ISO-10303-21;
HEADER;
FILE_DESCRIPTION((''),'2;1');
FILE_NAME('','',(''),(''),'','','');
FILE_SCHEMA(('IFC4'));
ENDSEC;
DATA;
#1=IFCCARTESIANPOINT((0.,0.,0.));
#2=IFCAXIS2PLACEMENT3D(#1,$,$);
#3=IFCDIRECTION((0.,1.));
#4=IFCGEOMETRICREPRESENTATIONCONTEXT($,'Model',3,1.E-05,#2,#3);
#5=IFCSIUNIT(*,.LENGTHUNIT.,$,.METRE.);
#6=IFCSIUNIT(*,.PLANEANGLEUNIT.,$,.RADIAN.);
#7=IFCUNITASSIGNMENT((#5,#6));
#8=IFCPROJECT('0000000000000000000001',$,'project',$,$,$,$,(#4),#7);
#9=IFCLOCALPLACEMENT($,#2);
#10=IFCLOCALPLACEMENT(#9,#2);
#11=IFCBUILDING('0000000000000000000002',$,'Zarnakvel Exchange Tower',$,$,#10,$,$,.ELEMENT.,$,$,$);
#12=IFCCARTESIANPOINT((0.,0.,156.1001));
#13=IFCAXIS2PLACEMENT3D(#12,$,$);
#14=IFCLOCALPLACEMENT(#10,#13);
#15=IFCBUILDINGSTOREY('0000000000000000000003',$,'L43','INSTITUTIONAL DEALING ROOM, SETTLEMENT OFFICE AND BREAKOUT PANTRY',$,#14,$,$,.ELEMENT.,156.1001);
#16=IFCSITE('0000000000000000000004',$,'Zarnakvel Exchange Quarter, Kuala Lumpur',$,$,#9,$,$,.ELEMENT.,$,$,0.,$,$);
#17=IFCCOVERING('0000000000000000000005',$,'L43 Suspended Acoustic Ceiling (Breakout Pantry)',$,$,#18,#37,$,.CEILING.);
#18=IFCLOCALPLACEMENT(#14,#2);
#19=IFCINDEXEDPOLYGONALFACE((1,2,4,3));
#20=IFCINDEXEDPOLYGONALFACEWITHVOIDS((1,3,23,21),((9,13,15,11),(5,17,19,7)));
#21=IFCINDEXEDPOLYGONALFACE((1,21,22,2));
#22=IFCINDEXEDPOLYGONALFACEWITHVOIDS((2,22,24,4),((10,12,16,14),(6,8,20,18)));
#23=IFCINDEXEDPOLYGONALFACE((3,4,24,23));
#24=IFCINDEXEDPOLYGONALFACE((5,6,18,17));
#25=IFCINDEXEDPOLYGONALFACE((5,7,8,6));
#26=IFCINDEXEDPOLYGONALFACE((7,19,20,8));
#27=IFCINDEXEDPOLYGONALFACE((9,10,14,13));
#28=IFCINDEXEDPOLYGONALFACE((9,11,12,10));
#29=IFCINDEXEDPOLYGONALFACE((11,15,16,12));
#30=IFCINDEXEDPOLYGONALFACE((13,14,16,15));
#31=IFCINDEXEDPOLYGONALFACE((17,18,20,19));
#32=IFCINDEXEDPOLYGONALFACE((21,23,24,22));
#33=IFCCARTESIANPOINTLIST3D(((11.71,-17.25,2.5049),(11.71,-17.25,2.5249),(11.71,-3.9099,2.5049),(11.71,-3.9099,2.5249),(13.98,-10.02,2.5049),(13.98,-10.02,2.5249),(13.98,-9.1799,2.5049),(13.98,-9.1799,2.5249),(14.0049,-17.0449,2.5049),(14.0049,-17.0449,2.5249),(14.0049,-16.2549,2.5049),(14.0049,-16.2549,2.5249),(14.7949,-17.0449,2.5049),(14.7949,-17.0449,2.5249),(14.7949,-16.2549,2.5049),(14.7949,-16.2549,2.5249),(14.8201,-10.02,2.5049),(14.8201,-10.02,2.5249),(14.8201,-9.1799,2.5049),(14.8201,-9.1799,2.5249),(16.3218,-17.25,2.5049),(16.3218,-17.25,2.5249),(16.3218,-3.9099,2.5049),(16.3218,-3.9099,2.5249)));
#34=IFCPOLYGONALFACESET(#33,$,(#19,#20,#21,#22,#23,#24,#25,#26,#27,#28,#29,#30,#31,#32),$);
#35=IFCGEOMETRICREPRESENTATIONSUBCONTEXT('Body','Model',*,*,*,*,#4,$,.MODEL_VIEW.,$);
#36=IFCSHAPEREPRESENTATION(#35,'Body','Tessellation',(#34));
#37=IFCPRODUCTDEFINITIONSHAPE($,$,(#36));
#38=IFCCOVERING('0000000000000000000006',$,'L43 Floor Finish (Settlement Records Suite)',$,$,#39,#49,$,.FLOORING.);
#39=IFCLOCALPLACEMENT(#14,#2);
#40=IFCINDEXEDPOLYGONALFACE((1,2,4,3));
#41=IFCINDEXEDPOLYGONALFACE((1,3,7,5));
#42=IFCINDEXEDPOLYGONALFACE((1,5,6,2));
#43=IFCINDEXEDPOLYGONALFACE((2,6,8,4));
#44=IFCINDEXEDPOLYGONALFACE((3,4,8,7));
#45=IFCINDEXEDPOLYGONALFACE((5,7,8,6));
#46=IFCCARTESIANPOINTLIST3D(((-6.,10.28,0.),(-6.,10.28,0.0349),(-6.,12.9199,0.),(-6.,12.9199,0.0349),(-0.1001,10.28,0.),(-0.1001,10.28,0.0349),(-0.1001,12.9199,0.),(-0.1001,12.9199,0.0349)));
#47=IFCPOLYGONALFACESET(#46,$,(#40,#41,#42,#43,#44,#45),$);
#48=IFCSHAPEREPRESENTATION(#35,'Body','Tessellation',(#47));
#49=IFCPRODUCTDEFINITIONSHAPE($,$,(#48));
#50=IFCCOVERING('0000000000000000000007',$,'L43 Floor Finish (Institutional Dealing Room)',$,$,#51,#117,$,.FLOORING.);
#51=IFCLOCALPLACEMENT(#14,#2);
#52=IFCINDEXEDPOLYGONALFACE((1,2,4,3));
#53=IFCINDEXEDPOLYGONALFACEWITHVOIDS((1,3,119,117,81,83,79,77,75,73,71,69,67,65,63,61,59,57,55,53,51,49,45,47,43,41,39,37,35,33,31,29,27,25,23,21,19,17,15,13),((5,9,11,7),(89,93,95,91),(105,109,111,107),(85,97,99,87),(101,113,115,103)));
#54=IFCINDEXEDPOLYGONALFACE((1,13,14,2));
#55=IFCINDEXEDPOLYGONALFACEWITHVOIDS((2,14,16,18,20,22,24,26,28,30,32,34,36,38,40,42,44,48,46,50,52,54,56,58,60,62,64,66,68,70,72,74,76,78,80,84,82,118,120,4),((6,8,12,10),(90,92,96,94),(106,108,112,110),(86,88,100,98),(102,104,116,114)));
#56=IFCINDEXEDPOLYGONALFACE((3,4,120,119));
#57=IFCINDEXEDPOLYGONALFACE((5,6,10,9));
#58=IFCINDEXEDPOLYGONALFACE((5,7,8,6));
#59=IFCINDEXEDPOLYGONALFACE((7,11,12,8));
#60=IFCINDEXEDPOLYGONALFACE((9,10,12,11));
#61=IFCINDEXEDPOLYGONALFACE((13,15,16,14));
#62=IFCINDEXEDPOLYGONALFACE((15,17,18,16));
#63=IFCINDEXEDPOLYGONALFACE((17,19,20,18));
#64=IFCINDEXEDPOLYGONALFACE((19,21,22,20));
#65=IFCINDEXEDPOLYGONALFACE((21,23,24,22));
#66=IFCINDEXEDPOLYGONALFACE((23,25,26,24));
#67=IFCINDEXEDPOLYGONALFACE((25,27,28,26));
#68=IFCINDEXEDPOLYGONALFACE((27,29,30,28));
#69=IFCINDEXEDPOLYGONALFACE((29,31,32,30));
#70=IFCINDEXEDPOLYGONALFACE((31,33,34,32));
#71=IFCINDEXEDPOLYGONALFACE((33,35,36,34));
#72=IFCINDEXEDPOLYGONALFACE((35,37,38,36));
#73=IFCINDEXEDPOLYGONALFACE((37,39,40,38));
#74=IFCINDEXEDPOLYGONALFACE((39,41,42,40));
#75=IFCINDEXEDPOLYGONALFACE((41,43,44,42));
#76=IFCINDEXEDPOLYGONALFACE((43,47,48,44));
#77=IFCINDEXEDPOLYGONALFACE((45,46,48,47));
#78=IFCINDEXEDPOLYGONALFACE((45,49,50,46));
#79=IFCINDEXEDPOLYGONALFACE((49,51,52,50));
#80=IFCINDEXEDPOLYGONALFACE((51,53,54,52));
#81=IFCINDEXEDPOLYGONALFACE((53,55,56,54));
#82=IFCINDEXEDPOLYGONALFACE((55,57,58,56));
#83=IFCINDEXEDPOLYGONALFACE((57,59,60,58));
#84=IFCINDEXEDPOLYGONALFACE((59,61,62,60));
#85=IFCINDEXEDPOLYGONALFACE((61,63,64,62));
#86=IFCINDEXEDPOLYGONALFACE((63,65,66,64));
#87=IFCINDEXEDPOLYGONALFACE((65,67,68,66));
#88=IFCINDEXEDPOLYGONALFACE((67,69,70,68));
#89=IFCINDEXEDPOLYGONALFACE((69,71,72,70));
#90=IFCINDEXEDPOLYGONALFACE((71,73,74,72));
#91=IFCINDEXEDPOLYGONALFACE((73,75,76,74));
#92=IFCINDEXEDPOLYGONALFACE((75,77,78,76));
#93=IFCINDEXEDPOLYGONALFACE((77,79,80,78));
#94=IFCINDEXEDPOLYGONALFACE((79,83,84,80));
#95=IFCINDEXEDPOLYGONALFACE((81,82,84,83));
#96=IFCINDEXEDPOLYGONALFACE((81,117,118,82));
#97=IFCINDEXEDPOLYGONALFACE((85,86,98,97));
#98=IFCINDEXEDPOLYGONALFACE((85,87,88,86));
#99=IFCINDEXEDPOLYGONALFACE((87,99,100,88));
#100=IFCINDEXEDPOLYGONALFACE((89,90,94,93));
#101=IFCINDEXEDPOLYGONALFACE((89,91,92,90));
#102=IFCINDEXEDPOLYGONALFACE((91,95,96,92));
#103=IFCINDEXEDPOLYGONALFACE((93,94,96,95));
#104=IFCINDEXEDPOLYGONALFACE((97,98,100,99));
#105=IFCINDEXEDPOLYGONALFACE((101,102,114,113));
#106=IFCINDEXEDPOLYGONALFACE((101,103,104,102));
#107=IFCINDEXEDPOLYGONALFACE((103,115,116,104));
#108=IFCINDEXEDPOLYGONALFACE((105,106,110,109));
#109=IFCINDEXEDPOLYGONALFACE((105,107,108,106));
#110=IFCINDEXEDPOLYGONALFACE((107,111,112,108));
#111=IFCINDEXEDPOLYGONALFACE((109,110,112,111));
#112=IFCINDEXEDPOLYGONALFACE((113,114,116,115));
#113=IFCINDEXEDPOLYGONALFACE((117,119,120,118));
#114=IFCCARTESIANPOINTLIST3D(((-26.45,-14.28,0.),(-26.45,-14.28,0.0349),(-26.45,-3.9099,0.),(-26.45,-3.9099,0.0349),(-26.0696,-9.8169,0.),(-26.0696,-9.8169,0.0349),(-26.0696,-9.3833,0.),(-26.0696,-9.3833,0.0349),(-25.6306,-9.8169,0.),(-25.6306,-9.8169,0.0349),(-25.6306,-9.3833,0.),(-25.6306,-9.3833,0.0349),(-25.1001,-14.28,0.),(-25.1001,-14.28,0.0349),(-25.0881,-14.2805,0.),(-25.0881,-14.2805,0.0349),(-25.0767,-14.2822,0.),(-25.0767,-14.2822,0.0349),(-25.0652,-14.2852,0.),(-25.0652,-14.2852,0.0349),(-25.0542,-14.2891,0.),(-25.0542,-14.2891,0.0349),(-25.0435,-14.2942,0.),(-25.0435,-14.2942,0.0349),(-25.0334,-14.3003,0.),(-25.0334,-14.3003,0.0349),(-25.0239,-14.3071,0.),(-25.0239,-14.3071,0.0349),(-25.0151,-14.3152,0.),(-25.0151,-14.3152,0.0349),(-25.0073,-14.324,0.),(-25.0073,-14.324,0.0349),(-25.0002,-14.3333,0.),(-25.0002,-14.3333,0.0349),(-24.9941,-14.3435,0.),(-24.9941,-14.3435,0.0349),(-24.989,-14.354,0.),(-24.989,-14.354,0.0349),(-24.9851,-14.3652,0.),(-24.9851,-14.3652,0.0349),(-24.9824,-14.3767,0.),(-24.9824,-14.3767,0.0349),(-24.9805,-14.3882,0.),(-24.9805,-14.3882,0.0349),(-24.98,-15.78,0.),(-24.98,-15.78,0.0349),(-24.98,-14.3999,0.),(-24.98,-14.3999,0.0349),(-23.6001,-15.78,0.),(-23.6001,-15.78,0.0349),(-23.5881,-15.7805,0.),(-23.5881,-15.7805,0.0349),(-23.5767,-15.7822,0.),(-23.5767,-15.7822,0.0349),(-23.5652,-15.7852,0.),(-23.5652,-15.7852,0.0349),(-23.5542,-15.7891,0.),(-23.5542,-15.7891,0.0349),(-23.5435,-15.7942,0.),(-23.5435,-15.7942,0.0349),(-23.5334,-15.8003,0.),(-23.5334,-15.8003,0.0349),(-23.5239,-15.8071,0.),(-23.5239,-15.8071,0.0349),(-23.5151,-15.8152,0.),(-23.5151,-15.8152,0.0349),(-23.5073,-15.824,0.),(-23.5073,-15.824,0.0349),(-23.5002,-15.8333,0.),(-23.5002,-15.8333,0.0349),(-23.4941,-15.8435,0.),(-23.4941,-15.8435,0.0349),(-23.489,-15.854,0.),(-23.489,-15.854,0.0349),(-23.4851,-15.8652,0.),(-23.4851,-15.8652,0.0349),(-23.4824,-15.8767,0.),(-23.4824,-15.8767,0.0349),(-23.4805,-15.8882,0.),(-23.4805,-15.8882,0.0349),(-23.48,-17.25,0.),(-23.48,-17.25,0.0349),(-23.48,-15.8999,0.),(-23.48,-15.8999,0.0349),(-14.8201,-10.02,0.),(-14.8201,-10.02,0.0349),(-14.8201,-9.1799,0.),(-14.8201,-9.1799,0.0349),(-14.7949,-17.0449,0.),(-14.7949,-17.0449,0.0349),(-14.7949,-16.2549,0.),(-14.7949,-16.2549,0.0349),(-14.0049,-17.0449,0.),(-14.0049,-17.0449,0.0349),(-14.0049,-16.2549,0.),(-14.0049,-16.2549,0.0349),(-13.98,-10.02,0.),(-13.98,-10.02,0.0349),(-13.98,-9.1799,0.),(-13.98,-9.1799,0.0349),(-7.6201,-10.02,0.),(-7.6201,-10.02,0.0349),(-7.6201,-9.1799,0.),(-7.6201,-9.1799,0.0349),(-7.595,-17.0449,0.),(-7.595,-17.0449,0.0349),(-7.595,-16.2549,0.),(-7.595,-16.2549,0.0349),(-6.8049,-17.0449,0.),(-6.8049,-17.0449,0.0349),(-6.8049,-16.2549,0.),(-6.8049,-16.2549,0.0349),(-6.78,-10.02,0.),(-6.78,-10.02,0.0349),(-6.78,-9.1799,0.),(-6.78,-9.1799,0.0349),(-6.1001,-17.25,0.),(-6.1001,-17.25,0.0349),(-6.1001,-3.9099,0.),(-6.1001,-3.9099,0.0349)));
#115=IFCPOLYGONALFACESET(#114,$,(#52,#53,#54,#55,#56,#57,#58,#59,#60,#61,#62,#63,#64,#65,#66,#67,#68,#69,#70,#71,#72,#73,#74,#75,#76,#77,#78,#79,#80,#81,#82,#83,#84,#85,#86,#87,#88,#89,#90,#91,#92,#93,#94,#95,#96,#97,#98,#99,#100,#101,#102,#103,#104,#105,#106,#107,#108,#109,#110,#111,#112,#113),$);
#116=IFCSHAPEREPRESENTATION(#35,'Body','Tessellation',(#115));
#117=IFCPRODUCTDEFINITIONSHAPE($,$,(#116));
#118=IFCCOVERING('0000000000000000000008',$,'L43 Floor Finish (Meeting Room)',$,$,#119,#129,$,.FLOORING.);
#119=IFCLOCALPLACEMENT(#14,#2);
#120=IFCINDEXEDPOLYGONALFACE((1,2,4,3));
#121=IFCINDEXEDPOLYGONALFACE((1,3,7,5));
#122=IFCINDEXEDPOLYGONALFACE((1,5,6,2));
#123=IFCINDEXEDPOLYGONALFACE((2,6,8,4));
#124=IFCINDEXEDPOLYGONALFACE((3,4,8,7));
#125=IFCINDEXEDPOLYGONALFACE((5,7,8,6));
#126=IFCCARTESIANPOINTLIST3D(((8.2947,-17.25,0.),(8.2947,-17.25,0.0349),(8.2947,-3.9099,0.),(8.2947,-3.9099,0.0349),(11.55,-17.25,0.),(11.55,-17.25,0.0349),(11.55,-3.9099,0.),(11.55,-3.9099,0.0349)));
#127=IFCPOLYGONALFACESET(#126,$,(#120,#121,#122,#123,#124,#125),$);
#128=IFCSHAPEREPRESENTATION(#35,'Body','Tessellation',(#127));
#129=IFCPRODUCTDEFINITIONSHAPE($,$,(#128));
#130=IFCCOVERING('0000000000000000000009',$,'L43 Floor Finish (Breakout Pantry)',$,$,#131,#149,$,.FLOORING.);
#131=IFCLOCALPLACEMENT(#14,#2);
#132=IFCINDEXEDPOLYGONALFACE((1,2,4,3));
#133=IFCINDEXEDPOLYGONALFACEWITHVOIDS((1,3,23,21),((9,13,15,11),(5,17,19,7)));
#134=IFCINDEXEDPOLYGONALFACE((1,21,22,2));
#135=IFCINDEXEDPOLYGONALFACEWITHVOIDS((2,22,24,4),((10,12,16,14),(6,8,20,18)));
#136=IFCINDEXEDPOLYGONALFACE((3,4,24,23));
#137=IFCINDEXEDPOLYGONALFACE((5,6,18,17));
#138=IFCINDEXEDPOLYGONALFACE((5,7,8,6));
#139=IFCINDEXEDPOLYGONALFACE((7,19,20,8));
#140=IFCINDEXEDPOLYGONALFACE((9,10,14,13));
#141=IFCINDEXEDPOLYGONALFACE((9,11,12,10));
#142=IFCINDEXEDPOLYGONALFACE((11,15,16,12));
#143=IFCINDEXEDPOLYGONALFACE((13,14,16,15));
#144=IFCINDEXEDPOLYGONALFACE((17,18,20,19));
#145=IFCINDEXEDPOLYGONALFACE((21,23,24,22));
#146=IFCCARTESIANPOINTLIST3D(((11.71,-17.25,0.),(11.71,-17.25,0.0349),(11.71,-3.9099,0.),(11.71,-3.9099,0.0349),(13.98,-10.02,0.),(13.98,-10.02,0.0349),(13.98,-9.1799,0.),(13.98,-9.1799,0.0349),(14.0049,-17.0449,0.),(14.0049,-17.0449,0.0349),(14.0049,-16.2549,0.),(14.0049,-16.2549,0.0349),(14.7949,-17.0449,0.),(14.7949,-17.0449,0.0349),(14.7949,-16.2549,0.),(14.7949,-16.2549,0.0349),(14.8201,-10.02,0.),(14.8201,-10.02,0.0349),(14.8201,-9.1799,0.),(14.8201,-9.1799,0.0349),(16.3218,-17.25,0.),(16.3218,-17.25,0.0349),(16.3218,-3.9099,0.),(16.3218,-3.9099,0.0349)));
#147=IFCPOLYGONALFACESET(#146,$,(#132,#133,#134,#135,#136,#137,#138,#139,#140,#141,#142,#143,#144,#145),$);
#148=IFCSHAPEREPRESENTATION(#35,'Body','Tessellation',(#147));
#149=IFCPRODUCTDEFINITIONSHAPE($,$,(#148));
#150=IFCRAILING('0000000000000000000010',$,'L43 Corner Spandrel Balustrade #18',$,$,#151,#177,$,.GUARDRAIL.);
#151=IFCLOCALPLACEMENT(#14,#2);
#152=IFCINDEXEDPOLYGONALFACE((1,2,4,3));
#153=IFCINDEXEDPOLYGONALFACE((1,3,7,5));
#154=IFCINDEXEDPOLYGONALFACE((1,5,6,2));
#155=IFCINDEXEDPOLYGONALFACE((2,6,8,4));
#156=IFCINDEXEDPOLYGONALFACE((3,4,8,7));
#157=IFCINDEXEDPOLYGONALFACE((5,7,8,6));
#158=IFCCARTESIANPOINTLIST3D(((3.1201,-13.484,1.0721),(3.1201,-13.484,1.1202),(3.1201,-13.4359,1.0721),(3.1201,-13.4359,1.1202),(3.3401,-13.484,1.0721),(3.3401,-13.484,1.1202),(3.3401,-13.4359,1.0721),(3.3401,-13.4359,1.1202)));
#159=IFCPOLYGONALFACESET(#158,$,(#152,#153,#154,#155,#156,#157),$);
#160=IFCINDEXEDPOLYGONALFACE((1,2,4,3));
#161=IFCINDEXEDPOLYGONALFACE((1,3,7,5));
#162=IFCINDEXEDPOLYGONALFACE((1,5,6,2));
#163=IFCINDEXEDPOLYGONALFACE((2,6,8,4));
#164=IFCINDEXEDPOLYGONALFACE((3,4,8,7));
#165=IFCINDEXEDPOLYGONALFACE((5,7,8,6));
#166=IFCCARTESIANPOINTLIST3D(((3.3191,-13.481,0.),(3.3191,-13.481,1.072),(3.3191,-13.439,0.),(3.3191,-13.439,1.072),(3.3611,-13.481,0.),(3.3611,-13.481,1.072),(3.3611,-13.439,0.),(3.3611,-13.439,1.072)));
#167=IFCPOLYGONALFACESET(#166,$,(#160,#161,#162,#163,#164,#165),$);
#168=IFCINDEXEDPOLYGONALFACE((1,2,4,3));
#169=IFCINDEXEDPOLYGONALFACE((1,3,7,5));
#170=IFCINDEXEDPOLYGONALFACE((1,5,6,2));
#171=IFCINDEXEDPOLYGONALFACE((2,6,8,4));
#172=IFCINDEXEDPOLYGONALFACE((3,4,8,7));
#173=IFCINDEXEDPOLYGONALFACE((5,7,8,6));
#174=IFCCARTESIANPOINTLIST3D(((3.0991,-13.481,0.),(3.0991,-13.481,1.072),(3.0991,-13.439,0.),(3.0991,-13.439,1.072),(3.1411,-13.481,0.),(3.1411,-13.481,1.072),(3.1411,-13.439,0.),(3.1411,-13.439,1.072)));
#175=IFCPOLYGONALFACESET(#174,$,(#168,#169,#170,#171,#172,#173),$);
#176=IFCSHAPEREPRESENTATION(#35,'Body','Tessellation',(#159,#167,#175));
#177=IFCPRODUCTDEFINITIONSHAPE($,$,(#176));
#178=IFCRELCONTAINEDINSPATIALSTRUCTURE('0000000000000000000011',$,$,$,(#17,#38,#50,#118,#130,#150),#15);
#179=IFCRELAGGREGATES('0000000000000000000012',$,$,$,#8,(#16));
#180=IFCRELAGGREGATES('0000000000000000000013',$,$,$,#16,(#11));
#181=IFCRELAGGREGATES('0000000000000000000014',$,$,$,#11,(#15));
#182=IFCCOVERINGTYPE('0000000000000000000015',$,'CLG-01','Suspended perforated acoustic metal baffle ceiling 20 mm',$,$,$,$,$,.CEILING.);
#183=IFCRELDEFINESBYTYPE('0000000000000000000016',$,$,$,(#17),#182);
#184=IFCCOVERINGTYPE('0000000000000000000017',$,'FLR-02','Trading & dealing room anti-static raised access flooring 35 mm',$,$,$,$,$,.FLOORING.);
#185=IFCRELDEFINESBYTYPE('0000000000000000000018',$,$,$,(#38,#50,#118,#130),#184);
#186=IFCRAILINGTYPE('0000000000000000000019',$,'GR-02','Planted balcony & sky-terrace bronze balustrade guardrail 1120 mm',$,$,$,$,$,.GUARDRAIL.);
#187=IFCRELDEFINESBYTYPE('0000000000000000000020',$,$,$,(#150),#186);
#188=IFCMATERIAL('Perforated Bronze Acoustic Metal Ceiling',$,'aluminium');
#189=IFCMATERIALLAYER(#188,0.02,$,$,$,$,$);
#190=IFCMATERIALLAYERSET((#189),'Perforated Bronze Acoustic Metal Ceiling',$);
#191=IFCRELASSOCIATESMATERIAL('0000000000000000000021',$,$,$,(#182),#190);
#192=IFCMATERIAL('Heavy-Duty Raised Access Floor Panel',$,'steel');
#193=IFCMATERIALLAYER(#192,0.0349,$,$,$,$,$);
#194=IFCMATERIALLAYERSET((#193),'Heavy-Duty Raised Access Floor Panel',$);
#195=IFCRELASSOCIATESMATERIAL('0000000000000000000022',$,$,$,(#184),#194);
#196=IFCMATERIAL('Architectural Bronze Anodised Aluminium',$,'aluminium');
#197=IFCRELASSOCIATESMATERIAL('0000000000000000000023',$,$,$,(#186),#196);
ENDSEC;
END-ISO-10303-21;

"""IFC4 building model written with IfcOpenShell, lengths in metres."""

from ifc_helpers import new_model, si_unit, direction, frame, origin, origin_2d, place, context, subcontext, project, spatial, polyline, rectangle, outline, extrude, material, layer, layer_set, type_object, element, save


model = new_model("IFC4")

# Units and contexts
model_context = context("Model", 3, precision=1e-05, world=origin(), true_north=direction((0.0, 1.0)))
body_context = subcontext(model_context, "Body", "Model", "MODEL_VIEW")
ifc_project = project(units=[si_unit("LENGTHUNIT", "METRE"), si_unit("PLANEANGLEUNIT", "RADIAN")], contexts=[model_context])

# Site, building, storey
site_placement = place(None, origin())
site = spatial("IfcSite", under=ifc_project, at=site_placement, Name="Zarnakvel Exchange Quarter, Kuala Lumpur", CompositionType="ELEMENT", RefElevation=0.0)
building_placement = place(site_placement, origin())
building = spatial("IfcBuilding", under=site, at=building_placement, Name="Zarnakvel Exchange Tower", CompositionType="ELEMENT")
storey_placement = place(building_placement, frame((0.0, 0.0, 156.1001)))
storey = spatial("IfcBuildingStorey", under=building, at=storey_placement, Name="L43", Description="INSTITUTIONAL DEALING ROOM, SETTLEMENT OFFICE AND BREAKOUT PANTRY", CompositionType="ELEMENT", Elevation=156.1001)

# Coverings
ifc_material_1 = material(Name="Perforated Bronze Acoustic Metal Ceiling", Category="aluminium")
ifc_layer_1 = layer(ifc_material_1, 0.02)
ifc_layer_set_1 = layer_set([ifc_layer_1], Name="Perforated Bronze Acoustic Metal Ceiling")
covering_type_1 = type_object("IfcCoveringType", Name="CLG-01", Description="Suspended perforated acoustic metal baffle ceiling 20 mm", PredefinedType="CEILING", material=ifc_layer_set_1)
covering_1_placement = place(storey_placement, frame((0.0, 0.0, 2.5049)))
element("IfcCovering", 1, at=covering_1_placement, inside=storey, type_object=covering_type_1, Name="L43 Suspended Acoustic Ceiling (Breakout Pantry)", PredefinedType="CEILING", context=body_context, shape_type="SweptSolid", body=[
    extrude(outline(polyline([(11.71, -3.9099), (16.3218, -3.9099), (16.3218, -17.25), (11.71, -17.25), (11.71, -3.9099)]), holes=[polyline([(14.8201, -10.02), (14.8201, -9.1799), (13.98, -9.1799), (13.98, -10.02), (14.8201, -10.02)]), polyline([(14.7949, -17.0449), (14.7949, -16.2549), (14.0049, -16.2549), (14.0049, -17.0449), (14.7949, -17.0449)])]), origin(), (0.0, 0.0, 1.0), 0.02),
])
ifc_material_2 = material(Name="Heavy-Duty Raised Access Floor Panel", Category="steel")
ifc_layer_2 = layer(ifc_material_2, 0.0349)
ifc_layer_set_2 = layer_set([ifc_layer_2], Name="Heavy-Duty Raised Access Floor Panel")
covering_type_2 = type_object("IfcCoveringType", Name="FLR-02", Description="Trading & dealing room anti-static raised access flooring 35 mm", PredefinedType="FLOORING", material=ifc_layer_set_2)
covering_2_placement = place(storey_placement, origin())
element("IfcCovering", 2, at=covering_2_placement, inside=storey, type_object=covering_type_2, Name="L43 Floor Finish (Settlement Records Suite)", PredefinedType="FLOORING", context=body_context, shape_type="SweptSolid", body=[
    extrude(outline(polyline([(-6.0, 12.9199), (-0.1001, 12.9199), (-0.1001, 10.28), (-6.0, 10.28), (-6.0, 12.9199)])), origin(), (0.0, 0.0, 1.0), 0.0349),
])
covering_3_placement = place(storey_placement, origin())
element("IfcCovering", 3, at=covering_3_placement, inside=storey, type_object=covering_type_2, Name="L43 Floor Finish (Institutional Dealing Room)", PredefinedType="FLOORING", context=body_context, shape_type="SweptSolid", body=[
    extrude(outline(polyline([(-6.1001, -3.9099), (-6.1001, -17.25), (-23.48, -17.25), (-23.48, -15.8999), (-23.4805, -15.8882), (-23.4824, -15.8767), (-23.4851, -15.8652), (-23.489, -15.854), (-23.4941, -15.8435), (-23.5002, -15.8333), (-23.5073, -15.824), (-23.5151, -15.8152), (-23.5239, -15.8071), (-23.5334, -15.8003), (-23.5435, -15.7942), (-23.5542, -15.7891), (-23.5652, -15.7852), (-23.5767, -15.7822), (-23.5881, -15.7805), (-23.6001, -15.78), (-24.98, -15.78), (-24.98, -14.3999), (-24.9805, -14.3882), (-24.9824, -14.3767), (-24.9851, -14.3652), (-24.989, -14.354), (-24.9941, -14.3435), (-25.0002, -14.3333), (-25.0073, -14.324), (-25.0151, -14.3152), (-25.0239, -14.3071), (-25.0334, -14.3003), (-25.0435, -14.2942), (-25.0542, -14.2891), (-25.0652, -14.2852), (-25.0767, -14.2822), (-25.0881, -14.2805), (-25.1001, -14.28), (-26.45, -14.28), (-26.45, -3.9099), (-6.1001, -3.9099)]), holes=[polyline([(-6.78, -10.02), (-6.78, -9.1799), (-7.6201, -9.1799), (-7.6201, -10.02), (-6.78, -10.02)]), polyline([(-6.8049, -17.0449), (-6.8049, -16.2549), (-7.595, -16.2549), (-7.595, -17.0449), (-6.8049, -17.0449)]), polyline([(-13.98, -10.02), (-13.98, -9.1799), (-14.8201, -9.1799), (-14.8201, -10.02), (-13.98, -10.02)]), polyline([(-14.0049, -16.2549), (-14.7949, -16.2549), (-14.7949, -17.0449), (-14.0049, -17.0449), (-14.0049, -16.2549)]), polyline([(-25.6306, -9.8169), (-25.6306, -9.3833), (-26.0696, -9.3833), (-26.0696, -9.8169), (-25.6306, -9.8169)])]), origin(), (0.0, 0.0, 1.0), 0.0349),
])
covering_4_placement = place(storey_placement, origin())
element("IfcCovering", 4, at=covering_4_placement, inside=storey, type_object=covering_type_2, Name="L43 Floor Finish (Meeting Room)", PredefinedType="FLOORING", context=body_context, shape_type="SweptSolid", body=[
    extrude(outline(polyline([(8.2947, -3.9099), (11.55, -3.9099), (11.55, -17.25), (8.2947, -17.25), (8.2947, -3.9099)])), origin(), (0.0, 0.0, 1.0), 0.0349),
])
covering_5_placement = place(storey_placement, origin())
element("IfcCovering", 5, at=covering_5_placement, inside=storey, type_object=covering_type_2, Name="L43 Floor Finish (Breakout Pantry)", PredefinedType="FLOORING", context=body_context, shape_type="SweptSolid", body=[
    extrude(outline(polyline([(11.71, -3.9099), (16.3218, -3.9099), (16.3218, -17.25), (11.71, -17.25), (11.71, -3.9099)]), holes=[polyline([(14.8201, -10.02), (14.8201, -9.1799), (13.98, -9.1799), (13.98, -10.02), (14.8201, -10.02)]), polyline([(14.7949, -17.0449), (14.7949, -16.2549), (14.0049, -16.2549), (14.0049, -17.0449), (14.7949, -17.0449)])]), origin(), (0.0, 0.0, 1.0), 0.0349),
])

# Railing
ifc_material_3 = material(Name="Architectural Bronze Anodised Aluminium", Category="aluminium")
railing_type = type_object("IfcRailingType", Name="GR-02", Description="Planted balcony & sky-terrace bronze balustrade guardrail 1120 mm", PredefinedType="GUARDRAIL", material=ifc_material_3)
railing_placement = place(storey_placement, frame((3.3401, -13.46, 0.0)))
element("IfcRailing", 6, at=railing_placement, inside=storey, type_object=railing_type, Name="L43 Corner Spandrel Balustrade #18", PredefinedType="GUARDRAIL", context=body_context, shape_type="SweptSolid", body=[
    extrude(rectangle(XDim=0.0481, YDim=0.0481, at=origin_2d()), frame((0.0, 0.0, 1.0962), z_axis=(-1.0, 0.0, 0.0), x_axis=(0.0, -1.0, 0.0)), (0.0, 0.0, 1.0), 0.22),
    extrude(rectangle(XDim=0.042, YDim=0.042, at=origin_2d()), origin(), (0.0, 0.0, 1.0), 1.072),
    extrude(rectangle(XDim=0.042, YDim=0.042, at=origin_2d()), frame((-0.22, 0.0, 0.0)), (0.0, 0.0, 1.0), 1.072),
])

save(model, "model.ifc")
